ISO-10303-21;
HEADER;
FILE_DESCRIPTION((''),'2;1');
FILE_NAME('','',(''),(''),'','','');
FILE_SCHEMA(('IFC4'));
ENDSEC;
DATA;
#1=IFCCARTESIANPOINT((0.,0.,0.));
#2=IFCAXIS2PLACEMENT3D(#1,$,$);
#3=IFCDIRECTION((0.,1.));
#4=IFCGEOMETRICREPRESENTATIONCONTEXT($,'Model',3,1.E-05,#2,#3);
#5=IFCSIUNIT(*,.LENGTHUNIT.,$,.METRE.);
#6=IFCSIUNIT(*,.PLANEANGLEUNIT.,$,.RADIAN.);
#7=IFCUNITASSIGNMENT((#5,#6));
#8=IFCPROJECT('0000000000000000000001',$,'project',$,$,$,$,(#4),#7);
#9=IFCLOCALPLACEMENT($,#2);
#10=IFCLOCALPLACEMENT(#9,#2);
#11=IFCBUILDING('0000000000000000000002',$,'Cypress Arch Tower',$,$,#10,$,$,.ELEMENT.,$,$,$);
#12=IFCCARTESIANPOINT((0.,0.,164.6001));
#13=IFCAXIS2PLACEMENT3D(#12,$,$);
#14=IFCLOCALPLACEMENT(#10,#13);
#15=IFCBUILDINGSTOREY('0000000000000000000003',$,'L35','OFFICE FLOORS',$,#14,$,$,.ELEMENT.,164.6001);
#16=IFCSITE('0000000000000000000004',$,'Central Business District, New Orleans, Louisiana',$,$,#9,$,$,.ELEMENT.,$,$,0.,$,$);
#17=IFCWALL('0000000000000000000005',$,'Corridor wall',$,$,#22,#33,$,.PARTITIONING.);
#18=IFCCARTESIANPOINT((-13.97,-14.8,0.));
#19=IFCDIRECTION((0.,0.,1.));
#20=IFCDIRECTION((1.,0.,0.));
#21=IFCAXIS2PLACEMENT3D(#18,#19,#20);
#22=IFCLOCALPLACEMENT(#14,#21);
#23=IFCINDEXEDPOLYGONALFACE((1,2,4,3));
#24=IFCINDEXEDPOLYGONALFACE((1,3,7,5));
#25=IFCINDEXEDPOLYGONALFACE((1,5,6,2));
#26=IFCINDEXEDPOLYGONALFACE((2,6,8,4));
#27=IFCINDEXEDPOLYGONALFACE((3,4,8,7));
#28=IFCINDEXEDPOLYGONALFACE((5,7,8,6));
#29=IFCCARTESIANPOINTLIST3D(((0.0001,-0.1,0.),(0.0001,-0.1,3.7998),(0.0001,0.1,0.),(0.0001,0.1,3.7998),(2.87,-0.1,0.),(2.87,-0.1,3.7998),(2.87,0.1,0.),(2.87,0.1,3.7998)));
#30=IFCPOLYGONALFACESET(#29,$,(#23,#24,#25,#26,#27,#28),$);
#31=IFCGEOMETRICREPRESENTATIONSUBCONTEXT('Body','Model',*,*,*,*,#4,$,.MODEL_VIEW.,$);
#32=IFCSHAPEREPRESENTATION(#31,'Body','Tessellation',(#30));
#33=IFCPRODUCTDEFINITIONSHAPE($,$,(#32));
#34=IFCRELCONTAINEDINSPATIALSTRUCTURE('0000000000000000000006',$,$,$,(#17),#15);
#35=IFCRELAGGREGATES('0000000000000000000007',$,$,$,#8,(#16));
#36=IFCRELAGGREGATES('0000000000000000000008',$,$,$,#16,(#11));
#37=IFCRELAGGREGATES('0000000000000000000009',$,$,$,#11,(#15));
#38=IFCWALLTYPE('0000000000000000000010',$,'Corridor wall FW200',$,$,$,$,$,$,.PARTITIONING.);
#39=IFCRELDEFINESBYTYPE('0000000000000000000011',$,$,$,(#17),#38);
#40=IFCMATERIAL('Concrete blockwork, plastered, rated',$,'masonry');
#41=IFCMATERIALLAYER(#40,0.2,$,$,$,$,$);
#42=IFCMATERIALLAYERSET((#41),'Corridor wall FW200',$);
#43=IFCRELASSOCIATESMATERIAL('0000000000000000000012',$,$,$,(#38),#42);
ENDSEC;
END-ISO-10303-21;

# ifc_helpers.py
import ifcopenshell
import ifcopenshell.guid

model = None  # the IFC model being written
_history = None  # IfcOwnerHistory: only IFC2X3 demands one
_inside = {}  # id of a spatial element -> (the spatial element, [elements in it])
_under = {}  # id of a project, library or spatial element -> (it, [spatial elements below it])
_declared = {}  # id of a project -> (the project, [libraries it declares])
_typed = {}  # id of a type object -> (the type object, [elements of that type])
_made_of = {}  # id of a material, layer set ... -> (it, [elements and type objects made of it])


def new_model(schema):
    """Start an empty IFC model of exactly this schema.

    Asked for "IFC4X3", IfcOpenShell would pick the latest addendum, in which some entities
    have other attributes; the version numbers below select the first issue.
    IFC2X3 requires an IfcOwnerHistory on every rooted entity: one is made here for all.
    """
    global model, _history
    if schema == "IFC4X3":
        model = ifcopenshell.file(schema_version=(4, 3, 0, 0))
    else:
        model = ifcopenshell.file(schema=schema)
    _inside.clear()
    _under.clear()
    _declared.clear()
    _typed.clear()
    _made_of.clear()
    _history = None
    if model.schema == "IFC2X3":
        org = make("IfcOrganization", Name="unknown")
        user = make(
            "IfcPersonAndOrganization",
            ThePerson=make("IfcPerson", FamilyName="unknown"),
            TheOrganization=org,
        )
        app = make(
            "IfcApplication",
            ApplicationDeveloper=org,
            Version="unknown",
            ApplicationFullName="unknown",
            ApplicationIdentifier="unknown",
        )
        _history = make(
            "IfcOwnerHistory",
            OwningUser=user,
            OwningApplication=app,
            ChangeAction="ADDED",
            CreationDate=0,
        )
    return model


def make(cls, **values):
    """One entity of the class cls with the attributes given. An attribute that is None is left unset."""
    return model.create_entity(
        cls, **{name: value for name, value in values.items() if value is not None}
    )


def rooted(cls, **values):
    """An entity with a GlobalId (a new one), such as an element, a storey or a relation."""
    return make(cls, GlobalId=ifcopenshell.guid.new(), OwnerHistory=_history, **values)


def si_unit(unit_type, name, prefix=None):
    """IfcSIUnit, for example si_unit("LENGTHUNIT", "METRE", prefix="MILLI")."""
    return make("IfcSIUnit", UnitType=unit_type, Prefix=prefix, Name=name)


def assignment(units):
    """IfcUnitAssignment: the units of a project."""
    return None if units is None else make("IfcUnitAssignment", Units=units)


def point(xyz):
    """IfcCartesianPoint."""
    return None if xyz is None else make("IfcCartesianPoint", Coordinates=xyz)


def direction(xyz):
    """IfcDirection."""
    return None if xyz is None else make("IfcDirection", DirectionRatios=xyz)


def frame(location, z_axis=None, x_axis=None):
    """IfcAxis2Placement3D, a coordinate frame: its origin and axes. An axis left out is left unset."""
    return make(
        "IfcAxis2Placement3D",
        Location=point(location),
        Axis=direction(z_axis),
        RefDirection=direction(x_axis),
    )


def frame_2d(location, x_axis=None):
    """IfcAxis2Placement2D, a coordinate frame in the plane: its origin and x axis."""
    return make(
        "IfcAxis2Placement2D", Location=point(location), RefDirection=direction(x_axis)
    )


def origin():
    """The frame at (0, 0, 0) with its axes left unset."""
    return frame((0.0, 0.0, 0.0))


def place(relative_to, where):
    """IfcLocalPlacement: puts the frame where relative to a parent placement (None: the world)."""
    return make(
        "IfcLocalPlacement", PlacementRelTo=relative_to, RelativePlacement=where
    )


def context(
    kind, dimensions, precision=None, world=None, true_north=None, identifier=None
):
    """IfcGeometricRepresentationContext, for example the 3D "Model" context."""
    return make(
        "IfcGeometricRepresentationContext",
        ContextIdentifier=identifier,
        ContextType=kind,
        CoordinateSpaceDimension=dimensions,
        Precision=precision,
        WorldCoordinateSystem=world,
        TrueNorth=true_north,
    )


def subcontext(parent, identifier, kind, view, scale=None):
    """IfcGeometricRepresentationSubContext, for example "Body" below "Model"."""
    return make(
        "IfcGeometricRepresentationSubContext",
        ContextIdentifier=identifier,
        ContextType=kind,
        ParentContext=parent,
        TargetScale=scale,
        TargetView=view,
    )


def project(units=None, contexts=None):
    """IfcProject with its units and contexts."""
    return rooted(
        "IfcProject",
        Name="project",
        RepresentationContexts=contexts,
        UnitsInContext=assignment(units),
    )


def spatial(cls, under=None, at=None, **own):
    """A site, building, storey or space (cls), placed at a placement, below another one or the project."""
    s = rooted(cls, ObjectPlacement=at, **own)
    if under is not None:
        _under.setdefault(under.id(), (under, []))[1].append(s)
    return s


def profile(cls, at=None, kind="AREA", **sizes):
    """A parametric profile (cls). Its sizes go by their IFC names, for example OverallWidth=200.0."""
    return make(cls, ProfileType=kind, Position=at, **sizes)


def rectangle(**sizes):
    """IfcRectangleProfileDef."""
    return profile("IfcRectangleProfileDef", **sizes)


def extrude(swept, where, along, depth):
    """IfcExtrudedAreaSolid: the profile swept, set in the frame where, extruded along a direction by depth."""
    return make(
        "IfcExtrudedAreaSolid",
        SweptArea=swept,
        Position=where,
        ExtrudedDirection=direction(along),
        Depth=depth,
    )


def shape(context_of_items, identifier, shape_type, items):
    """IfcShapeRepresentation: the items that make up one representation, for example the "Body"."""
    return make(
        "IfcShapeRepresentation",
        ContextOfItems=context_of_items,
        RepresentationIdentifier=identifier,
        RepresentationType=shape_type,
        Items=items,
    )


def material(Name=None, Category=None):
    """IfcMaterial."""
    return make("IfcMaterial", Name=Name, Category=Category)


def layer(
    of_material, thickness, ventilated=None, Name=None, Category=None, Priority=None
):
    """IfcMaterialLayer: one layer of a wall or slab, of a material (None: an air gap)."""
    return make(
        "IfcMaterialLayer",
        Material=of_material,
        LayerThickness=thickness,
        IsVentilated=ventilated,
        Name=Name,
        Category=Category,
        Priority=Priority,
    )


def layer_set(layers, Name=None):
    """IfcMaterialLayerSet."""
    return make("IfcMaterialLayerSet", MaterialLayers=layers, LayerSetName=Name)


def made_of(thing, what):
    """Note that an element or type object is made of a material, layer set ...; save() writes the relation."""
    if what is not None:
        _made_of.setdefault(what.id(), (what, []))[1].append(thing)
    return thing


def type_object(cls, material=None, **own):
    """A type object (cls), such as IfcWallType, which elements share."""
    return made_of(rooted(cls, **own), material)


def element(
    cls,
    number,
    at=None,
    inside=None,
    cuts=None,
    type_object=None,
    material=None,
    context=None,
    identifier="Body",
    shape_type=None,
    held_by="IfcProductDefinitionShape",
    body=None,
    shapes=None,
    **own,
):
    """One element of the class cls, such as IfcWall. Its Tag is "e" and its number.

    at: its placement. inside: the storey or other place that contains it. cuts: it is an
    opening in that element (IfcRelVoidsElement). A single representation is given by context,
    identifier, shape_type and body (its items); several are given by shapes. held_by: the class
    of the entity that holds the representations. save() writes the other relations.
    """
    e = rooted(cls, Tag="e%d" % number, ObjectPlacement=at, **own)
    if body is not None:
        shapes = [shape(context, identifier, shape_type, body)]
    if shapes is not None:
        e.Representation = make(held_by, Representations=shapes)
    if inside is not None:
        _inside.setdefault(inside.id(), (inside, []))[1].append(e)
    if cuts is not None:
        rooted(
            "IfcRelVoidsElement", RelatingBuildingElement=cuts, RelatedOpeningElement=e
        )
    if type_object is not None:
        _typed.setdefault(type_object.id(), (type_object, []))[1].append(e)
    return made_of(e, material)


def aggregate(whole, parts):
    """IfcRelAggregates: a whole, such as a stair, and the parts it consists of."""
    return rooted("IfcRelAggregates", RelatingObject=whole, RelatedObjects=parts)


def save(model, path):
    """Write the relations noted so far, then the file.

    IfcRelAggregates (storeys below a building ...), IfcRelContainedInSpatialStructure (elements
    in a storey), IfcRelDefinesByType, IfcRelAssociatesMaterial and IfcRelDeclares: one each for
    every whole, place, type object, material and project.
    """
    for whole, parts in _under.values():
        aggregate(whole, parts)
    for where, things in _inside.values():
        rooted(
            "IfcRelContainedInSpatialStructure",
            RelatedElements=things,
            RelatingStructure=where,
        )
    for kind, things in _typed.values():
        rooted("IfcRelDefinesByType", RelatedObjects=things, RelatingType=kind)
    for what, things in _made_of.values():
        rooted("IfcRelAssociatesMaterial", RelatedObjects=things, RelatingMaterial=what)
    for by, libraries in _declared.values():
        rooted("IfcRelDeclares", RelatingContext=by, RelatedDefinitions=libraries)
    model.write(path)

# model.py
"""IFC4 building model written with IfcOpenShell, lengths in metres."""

from ifc_helpers import new_model, si_unit, direction, frame, frame_2d, origin, place, context, subcontext, project, spatial, rectangle, extrude, material, layer, layer_set, type_object, element, save


model = new_model("IFC4")

# Units and contexts
model_context = context("Model", 3, precision=1e-05, world=origin(), true_north=direction((0.0, 1.0)))
body_context = subcontext(model_context, "Body", "Model", "MODEL_VIEW")
ifc_project = project(units=[si_unit("LENGTHUNIT", "METRE"), si_unit("PLANEANGLEUNIT", "RADIAN")], contexts=[model_context])

# Site, building, storey
site_placement = place(None, origin())
site = spatial("IfcSite", under=ifc_project, at=site_placement, Name="Central Business District, New Orleans, Louisiana", CompositionType="ELEMENT", RefElevation=0.0)
building_placement = place(site_placement, origin())
building = spatial("IfcBuilding", under=site, at=building_placement, Name="Cypress Arch Tower", CompositionType="ELEMENT")
storey_placement = place(building_placement, frame((0.0, 0.0, 164.6001)))
storey = spatial("IfcBuildingStorey", under=building, at=storey_placement, Name="L35", Description="OFFICE FLOORS", CompositionType="ELEMENT", Elevation=164.6001)

# Wall
ifc_material_1 = material(Name="Concrete blockwork, plastered, rated", Category="masonry")
ifc_layer_1 = layer(ifc_material_1, 0.2)
ifc_layer_set_1 = layer_set([ifc_layer_1], Name="Corridor wall FW200")
wall_type_1 = type_object("IfcWallType", Name="Corridor wall FW200", PredefinedType="PARTITIONING", material=ifc_layer_set_1)
wall_1_placement = place(storey_placement, frame((-13.97, -14.8, 0.0), z_axis=(0.0, 0.0, 1.0), x_axis=(1.0, 0.0, 0.0)))
element("IfcWall", 1, at=wall_1_placement, inside=storey, type_object=wall_type_1, Name="Corridor wall", PredefinedType="PARTITIONING", context=body_context, shape_type="SweptSolid", body=[
    extrude(rectangle(XDim=2.8699, YDim=0.2, at=frame_2d((1.4351, 0.0))), origin(), (0.0, 0.0, 1.0), 3.7998),
])

save(model, "model.ifc")
